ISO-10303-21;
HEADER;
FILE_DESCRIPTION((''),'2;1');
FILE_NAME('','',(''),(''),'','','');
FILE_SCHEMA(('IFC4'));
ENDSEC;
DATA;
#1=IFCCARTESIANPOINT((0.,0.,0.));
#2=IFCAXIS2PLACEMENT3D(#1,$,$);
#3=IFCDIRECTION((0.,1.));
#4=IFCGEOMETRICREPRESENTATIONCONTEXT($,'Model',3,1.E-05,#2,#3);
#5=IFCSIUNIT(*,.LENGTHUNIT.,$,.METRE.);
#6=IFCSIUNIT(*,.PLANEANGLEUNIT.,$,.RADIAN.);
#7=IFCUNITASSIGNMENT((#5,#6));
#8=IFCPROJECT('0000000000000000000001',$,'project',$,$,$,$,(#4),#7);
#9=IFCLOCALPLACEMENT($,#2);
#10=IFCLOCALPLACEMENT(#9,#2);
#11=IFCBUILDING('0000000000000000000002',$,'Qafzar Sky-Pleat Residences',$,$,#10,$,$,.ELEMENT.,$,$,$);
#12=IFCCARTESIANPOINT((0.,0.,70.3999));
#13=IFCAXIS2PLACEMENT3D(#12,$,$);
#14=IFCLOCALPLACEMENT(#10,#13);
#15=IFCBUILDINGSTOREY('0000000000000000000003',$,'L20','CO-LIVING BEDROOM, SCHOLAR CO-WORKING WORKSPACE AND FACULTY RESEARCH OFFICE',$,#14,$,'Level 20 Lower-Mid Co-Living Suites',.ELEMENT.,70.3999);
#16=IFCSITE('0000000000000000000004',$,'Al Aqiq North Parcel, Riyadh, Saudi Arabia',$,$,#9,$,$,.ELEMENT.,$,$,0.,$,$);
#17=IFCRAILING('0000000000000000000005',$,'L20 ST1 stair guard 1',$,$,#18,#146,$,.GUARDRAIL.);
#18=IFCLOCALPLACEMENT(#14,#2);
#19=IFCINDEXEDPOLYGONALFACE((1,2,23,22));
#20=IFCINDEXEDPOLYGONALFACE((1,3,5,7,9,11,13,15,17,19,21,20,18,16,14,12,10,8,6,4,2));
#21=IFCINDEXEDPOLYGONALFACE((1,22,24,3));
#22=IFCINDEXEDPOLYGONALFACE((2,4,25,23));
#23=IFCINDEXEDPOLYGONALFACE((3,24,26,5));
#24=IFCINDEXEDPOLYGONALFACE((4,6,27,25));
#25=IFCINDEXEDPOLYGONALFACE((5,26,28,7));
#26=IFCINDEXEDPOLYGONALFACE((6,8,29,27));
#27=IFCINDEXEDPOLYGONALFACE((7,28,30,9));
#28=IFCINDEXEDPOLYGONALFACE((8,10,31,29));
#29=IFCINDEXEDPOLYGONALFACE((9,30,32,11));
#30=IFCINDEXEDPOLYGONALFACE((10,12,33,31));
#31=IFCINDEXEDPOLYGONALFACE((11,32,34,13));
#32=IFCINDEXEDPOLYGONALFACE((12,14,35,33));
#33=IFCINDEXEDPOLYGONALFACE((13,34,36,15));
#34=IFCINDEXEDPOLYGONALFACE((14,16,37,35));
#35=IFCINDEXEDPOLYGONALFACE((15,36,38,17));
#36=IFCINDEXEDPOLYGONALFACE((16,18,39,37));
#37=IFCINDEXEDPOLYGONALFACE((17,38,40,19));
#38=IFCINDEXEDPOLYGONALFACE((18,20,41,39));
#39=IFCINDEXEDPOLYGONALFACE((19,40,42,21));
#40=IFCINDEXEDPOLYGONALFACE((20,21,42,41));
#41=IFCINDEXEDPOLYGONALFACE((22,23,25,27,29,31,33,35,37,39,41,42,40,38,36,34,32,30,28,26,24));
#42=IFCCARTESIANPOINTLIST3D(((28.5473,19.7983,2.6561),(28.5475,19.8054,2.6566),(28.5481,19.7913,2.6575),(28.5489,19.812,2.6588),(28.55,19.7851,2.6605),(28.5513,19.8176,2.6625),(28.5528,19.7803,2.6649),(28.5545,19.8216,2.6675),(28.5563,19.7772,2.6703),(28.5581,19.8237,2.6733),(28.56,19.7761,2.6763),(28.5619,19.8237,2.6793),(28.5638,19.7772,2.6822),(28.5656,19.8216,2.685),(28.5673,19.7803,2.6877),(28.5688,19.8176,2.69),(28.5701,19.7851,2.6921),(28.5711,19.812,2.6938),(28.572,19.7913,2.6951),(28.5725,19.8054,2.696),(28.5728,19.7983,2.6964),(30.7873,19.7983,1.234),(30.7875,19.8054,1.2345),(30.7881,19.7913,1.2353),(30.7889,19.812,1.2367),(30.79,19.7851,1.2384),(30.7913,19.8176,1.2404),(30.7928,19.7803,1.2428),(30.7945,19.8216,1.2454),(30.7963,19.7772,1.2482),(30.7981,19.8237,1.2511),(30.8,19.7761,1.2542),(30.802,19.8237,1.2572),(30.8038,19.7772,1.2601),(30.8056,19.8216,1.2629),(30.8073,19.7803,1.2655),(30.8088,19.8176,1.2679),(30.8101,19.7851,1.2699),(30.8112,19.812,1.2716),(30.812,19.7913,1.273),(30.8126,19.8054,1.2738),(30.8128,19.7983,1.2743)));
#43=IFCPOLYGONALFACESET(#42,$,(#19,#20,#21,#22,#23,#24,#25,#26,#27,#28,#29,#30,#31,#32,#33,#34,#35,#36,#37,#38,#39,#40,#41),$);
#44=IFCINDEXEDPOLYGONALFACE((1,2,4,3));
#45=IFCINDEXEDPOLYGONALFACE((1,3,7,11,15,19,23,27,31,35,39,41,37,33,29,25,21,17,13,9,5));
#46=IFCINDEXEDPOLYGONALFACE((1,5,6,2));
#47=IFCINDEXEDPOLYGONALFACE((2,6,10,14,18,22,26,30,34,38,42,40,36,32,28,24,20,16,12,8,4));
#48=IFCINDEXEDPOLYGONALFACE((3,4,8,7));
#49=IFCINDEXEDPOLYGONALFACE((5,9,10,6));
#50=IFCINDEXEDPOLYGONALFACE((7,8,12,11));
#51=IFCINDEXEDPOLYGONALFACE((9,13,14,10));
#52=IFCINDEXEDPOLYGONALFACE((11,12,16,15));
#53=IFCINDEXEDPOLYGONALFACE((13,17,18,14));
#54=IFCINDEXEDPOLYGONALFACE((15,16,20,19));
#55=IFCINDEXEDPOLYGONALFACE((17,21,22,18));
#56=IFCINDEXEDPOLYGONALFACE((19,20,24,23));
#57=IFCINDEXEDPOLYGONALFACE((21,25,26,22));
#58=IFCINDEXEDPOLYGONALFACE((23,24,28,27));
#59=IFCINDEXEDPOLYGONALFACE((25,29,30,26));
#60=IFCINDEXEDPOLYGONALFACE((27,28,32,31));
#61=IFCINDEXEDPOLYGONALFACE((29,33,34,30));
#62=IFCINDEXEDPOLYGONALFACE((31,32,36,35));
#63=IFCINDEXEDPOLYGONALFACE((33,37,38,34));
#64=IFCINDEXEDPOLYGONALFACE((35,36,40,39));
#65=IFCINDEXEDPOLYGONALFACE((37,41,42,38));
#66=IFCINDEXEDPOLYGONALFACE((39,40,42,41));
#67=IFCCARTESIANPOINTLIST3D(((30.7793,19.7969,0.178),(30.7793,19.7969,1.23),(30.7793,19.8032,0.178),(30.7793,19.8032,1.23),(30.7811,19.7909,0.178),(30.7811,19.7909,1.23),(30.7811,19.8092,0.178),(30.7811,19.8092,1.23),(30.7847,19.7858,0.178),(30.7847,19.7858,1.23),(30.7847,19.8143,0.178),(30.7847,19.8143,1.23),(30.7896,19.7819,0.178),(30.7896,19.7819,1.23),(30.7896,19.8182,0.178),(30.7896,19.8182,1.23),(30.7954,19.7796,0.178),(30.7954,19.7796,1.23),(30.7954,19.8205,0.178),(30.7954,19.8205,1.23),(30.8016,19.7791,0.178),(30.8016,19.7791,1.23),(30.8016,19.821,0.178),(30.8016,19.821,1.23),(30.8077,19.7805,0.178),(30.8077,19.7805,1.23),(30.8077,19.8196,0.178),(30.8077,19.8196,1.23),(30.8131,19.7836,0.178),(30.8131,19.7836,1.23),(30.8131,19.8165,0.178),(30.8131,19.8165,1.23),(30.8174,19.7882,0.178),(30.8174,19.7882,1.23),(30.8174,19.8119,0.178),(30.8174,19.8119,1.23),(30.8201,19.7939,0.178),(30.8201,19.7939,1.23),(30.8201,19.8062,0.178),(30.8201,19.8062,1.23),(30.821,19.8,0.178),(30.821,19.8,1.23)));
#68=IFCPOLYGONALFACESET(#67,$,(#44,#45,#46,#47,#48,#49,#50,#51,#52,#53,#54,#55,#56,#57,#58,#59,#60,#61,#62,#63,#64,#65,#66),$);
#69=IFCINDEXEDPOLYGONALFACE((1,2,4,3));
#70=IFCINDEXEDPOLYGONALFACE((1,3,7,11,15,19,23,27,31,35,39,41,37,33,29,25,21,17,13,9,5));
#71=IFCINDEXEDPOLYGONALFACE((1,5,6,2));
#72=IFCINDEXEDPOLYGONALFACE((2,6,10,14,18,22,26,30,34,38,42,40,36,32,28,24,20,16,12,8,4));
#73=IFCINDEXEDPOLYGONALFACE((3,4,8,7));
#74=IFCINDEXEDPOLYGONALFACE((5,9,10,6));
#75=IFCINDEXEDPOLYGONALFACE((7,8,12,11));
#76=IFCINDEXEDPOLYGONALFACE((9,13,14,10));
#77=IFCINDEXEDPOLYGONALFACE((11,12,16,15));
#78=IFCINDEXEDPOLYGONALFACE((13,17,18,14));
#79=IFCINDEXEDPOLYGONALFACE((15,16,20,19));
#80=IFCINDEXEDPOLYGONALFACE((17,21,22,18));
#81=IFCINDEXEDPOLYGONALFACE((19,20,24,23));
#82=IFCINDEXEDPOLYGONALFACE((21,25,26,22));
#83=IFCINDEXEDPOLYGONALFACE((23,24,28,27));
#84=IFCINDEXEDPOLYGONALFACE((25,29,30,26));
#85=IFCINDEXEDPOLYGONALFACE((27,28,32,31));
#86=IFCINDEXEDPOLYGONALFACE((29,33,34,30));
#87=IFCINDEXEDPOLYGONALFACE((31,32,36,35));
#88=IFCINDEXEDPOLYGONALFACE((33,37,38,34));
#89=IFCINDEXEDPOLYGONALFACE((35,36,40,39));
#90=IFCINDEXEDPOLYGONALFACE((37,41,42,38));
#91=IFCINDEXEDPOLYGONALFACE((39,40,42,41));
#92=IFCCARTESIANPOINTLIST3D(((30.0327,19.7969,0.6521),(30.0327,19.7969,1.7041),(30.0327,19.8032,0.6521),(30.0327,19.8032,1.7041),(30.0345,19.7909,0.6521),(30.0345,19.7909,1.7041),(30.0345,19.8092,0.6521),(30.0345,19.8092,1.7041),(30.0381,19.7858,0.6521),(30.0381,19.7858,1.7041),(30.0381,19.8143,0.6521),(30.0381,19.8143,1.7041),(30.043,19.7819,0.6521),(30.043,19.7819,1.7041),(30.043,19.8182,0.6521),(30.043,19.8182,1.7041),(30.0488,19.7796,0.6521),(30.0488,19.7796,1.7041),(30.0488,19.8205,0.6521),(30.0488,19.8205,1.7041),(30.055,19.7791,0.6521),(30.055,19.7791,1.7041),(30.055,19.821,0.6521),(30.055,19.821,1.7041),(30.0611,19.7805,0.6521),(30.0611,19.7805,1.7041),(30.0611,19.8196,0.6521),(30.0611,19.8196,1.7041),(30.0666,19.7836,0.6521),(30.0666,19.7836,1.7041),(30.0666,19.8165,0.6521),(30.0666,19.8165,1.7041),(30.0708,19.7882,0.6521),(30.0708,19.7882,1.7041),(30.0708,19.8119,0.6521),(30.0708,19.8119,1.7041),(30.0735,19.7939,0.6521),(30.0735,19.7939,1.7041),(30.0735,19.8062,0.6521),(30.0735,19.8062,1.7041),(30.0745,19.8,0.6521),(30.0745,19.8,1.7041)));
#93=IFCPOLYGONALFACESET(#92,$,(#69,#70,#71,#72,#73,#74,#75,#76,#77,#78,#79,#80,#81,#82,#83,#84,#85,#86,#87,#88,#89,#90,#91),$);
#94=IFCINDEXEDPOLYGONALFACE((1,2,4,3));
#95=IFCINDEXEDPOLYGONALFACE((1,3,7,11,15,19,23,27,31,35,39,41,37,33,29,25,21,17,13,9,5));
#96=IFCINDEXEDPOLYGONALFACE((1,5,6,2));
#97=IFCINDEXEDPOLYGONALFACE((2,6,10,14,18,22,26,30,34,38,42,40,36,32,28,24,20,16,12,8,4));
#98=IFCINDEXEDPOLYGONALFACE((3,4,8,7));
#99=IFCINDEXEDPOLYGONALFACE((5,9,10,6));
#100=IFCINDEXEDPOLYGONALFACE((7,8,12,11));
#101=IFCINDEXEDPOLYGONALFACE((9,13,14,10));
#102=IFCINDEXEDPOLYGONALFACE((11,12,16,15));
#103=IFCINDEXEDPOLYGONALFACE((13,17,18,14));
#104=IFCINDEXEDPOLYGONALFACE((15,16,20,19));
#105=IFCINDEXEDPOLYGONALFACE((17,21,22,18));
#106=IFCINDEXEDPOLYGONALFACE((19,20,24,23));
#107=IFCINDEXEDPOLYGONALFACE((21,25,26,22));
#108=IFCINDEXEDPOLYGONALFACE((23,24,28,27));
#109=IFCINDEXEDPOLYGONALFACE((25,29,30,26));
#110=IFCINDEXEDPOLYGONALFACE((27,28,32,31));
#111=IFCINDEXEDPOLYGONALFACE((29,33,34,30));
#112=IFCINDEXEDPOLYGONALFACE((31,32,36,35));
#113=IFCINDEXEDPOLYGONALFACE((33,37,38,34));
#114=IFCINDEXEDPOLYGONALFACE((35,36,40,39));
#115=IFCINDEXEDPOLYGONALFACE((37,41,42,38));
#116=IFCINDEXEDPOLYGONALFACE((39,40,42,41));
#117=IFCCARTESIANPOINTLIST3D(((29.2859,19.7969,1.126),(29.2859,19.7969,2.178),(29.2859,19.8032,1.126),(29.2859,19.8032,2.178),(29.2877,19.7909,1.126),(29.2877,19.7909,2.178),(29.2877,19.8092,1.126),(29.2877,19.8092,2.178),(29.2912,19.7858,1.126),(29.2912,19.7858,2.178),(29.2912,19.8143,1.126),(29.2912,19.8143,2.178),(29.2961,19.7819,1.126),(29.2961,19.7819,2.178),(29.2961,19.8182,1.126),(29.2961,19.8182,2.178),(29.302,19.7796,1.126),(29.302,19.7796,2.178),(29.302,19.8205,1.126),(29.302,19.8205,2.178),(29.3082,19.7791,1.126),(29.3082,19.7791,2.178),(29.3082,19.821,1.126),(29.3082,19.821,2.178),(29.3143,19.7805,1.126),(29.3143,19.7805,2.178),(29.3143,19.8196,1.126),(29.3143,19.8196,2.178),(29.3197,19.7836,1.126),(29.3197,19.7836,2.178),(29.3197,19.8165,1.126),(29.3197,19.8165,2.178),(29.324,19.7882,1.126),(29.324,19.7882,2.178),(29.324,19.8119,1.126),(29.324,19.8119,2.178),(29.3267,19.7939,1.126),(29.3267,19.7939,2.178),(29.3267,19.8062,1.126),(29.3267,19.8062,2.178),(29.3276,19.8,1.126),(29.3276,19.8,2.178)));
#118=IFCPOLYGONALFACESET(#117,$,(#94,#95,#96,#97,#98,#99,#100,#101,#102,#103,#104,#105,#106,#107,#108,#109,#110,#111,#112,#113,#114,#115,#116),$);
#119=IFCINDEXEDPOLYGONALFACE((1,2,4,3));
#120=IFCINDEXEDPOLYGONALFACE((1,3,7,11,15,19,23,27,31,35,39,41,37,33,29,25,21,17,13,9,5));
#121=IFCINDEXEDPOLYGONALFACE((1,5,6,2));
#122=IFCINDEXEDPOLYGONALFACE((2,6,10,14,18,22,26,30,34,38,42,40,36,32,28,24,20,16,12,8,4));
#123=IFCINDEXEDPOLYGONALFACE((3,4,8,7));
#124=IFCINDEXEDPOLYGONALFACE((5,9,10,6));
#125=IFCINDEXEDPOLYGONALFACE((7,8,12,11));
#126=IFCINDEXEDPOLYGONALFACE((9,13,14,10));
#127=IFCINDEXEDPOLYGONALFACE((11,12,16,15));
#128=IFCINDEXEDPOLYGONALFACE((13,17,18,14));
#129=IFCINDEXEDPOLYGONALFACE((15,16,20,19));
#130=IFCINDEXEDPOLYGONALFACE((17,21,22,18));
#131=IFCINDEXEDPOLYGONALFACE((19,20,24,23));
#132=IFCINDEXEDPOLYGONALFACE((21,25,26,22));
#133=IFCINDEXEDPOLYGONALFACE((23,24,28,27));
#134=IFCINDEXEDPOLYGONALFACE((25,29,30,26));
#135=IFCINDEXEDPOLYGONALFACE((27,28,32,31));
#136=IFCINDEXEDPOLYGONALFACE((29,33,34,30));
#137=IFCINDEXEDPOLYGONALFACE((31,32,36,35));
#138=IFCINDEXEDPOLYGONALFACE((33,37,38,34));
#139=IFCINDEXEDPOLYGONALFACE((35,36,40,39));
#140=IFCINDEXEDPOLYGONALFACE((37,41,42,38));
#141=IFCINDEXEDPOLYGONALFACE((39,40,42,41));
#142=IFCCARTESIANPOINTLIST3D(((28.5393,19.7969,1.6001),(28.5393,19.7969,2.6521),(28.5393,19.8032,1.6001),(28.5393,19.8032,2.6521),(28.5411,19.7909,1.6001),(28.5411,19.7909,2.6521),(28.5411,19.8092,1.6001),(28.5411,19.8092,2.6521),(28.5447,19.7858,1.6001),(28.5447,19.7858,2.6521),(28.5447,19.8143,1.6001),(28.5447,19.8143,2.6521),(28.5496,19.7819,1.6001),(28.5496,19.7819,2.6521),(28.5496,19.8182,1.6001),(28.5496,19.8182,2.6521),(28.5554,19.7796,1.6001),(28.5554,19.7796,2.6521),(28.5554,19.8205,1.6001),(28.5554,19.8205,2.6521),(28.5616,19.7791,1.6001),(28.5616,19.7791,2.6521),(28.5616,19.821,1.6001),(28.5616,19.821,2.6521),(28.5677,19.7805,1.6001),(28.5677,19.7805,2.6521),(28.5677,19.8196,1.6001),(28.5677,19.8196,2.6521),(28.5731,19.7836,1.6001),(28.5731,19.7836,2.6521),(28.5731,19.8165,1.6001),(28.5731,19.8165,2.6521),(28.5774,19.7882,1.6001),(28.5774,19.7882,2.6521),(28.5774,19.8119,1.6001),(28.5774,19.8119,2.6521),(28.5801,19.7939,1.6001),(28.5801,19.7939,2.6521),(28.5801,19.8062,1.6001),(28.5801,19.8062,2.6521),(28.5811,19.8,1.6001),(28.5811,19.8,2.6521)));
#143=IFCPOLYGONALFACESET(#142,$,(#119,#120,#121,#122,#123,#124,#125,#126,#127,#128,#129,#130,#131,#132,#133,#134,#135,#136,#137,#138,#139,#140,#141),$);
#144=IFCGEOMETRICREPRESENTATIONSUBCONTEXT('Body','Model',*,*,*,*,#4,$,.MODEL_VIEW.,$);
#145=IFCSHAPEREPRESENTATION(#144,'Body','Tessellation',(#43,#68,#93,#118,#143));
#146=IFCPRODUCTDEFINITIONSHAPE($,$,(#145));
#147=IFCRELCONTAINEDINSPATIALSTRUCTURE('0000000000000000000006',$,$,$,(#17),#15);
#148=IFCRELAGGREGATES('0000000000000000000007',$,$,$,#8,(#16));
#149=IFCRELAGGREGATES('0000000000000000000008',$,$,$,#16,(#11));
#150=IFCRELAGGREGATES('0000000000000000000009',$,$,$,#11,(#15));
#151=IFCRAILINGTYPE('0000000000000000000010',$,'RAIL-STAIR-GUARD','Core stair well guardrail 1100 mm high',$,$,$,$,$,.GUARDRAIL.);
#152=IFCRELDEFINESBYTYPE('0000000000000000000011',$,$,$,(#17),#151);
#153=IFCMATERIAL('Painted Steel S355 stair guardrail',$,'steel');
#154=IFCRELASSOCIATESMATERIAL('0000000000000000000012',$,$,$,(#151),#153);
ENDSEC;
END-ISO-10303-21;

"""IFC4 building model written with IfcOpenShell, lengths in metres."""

from ifc_helpers import new_model, si_unit, direction, frame, origin, origin_2d, place, context, subcontext, project, spatial, circle, extrude, source, transform, mapped, material, type_object, element, save


model = new_model("IFC4")

# Units and contexts
model_context = context("Model", 3, precision=1e-05, world=origin(), true_north=direction((0.0, 1.0)))
body_context = subcontext(model_context, "Body", "Model", "MODEL_VIEW")
ifc_project = project(units=[si_unit("LENGTHUNIT", "METRE"), si_unit("PLANEANGLEUNIT", "RADIAN")], contexts=[model_context])

# Site, building, storey
site_placement = place(None, origin())
site = spatial("IfcSite", under=ifc_project, at=site_placement, Name="Al Aqiq North Parcel, Riyadh, Saudi Arabia", CompositionType="ELEMENT", RefElevation=0.0)
building_placement = place(site_placement, origin())
building = spatial("IfcBuilding", under=site, at=building_placement, Name="Qafzar Sky-Pleat Residences", CompositionType="ELEMENT")
storey_placement = place(building_placement, frame((0.0, 0.0, 70.3999)))
storey = spatial("IfcBuildingStorey", under=building, at=storey_placement, Name="L20", Description="CO-LIVING BEDROOM, SCHOLAR CO-WORKING WORKSPACE AND FACULTY RESEARCH OFFICE", LongName="Level 20 Lower-Mid Co-Living Suites", CompositionType="ELEMENT", Elevation=70.3999)

# Railing
ifc_material_1 = material(Name="Painted Steel S355 stair guardrail", Category="steel")
railing_type_1 = type_object("IfcRailingType", Name="RAIL-STAIR-GUARD", Description="Core stair well guardrail 1100 mm high", PredefinedType="GUARDRAIL", material=ifc_material_1)
shared_shape_1 = source(origin(), body_context, "Body", "SweptSolid", [
    extrude(circle(Radius=0.0239, at=origin_2d()), frame((0.0, 0.0, 1.0762), z_axis=(-0.844229, 0.0, 0.535982), x_axis=(0.0, -1.0, 0.0)), (0.0, 0.0, 1.0), 2.6533),
    extrude(circle(Radius=0.021, at=origin_2d()), origin(), (0.0, 0.0, 1.0), 1.052),
    extrude(circle(Radius=0.021, at=origin_2d()), frame((-0.7466, 0.0, 0.4741)), (0.0, 0.0, 1.0), 1.052),
    extrude(circle(Radius=0.021, at=origin_2d()), frame((-1.4934, 0.0, 0.948)), (0.0, 0.0, 1.0), 1.052),
    extrude(circle(Radius=0.021, at=origin_2d()), frame((-2.24, 0.0, 1.4221)), (0.0, 0.0, 1.0), 1.052),
])
railing_1_placement = place(storey_placement, frame((30.8, 19.8, 0.178)))
element("IfcRailing", 1, at=railing_1_placement, inside=storey, type_object=railing_type_1, Name="L20 ST1 stair guard 1", PredefinedType="GUARDRAIL", context=body_context, shape_type="MappedRepresentation", body=[
    mapped(shared_shape_1, transform((0.0, 0.0, 0.0), x_axis=(1.0, 0.0, 0.0), y_axis=(0.0, 1.0, 0.0), z_axis=(0.0, 0.0, 1.0), scale=1.0)),
])

save(model, "model.ifc")
